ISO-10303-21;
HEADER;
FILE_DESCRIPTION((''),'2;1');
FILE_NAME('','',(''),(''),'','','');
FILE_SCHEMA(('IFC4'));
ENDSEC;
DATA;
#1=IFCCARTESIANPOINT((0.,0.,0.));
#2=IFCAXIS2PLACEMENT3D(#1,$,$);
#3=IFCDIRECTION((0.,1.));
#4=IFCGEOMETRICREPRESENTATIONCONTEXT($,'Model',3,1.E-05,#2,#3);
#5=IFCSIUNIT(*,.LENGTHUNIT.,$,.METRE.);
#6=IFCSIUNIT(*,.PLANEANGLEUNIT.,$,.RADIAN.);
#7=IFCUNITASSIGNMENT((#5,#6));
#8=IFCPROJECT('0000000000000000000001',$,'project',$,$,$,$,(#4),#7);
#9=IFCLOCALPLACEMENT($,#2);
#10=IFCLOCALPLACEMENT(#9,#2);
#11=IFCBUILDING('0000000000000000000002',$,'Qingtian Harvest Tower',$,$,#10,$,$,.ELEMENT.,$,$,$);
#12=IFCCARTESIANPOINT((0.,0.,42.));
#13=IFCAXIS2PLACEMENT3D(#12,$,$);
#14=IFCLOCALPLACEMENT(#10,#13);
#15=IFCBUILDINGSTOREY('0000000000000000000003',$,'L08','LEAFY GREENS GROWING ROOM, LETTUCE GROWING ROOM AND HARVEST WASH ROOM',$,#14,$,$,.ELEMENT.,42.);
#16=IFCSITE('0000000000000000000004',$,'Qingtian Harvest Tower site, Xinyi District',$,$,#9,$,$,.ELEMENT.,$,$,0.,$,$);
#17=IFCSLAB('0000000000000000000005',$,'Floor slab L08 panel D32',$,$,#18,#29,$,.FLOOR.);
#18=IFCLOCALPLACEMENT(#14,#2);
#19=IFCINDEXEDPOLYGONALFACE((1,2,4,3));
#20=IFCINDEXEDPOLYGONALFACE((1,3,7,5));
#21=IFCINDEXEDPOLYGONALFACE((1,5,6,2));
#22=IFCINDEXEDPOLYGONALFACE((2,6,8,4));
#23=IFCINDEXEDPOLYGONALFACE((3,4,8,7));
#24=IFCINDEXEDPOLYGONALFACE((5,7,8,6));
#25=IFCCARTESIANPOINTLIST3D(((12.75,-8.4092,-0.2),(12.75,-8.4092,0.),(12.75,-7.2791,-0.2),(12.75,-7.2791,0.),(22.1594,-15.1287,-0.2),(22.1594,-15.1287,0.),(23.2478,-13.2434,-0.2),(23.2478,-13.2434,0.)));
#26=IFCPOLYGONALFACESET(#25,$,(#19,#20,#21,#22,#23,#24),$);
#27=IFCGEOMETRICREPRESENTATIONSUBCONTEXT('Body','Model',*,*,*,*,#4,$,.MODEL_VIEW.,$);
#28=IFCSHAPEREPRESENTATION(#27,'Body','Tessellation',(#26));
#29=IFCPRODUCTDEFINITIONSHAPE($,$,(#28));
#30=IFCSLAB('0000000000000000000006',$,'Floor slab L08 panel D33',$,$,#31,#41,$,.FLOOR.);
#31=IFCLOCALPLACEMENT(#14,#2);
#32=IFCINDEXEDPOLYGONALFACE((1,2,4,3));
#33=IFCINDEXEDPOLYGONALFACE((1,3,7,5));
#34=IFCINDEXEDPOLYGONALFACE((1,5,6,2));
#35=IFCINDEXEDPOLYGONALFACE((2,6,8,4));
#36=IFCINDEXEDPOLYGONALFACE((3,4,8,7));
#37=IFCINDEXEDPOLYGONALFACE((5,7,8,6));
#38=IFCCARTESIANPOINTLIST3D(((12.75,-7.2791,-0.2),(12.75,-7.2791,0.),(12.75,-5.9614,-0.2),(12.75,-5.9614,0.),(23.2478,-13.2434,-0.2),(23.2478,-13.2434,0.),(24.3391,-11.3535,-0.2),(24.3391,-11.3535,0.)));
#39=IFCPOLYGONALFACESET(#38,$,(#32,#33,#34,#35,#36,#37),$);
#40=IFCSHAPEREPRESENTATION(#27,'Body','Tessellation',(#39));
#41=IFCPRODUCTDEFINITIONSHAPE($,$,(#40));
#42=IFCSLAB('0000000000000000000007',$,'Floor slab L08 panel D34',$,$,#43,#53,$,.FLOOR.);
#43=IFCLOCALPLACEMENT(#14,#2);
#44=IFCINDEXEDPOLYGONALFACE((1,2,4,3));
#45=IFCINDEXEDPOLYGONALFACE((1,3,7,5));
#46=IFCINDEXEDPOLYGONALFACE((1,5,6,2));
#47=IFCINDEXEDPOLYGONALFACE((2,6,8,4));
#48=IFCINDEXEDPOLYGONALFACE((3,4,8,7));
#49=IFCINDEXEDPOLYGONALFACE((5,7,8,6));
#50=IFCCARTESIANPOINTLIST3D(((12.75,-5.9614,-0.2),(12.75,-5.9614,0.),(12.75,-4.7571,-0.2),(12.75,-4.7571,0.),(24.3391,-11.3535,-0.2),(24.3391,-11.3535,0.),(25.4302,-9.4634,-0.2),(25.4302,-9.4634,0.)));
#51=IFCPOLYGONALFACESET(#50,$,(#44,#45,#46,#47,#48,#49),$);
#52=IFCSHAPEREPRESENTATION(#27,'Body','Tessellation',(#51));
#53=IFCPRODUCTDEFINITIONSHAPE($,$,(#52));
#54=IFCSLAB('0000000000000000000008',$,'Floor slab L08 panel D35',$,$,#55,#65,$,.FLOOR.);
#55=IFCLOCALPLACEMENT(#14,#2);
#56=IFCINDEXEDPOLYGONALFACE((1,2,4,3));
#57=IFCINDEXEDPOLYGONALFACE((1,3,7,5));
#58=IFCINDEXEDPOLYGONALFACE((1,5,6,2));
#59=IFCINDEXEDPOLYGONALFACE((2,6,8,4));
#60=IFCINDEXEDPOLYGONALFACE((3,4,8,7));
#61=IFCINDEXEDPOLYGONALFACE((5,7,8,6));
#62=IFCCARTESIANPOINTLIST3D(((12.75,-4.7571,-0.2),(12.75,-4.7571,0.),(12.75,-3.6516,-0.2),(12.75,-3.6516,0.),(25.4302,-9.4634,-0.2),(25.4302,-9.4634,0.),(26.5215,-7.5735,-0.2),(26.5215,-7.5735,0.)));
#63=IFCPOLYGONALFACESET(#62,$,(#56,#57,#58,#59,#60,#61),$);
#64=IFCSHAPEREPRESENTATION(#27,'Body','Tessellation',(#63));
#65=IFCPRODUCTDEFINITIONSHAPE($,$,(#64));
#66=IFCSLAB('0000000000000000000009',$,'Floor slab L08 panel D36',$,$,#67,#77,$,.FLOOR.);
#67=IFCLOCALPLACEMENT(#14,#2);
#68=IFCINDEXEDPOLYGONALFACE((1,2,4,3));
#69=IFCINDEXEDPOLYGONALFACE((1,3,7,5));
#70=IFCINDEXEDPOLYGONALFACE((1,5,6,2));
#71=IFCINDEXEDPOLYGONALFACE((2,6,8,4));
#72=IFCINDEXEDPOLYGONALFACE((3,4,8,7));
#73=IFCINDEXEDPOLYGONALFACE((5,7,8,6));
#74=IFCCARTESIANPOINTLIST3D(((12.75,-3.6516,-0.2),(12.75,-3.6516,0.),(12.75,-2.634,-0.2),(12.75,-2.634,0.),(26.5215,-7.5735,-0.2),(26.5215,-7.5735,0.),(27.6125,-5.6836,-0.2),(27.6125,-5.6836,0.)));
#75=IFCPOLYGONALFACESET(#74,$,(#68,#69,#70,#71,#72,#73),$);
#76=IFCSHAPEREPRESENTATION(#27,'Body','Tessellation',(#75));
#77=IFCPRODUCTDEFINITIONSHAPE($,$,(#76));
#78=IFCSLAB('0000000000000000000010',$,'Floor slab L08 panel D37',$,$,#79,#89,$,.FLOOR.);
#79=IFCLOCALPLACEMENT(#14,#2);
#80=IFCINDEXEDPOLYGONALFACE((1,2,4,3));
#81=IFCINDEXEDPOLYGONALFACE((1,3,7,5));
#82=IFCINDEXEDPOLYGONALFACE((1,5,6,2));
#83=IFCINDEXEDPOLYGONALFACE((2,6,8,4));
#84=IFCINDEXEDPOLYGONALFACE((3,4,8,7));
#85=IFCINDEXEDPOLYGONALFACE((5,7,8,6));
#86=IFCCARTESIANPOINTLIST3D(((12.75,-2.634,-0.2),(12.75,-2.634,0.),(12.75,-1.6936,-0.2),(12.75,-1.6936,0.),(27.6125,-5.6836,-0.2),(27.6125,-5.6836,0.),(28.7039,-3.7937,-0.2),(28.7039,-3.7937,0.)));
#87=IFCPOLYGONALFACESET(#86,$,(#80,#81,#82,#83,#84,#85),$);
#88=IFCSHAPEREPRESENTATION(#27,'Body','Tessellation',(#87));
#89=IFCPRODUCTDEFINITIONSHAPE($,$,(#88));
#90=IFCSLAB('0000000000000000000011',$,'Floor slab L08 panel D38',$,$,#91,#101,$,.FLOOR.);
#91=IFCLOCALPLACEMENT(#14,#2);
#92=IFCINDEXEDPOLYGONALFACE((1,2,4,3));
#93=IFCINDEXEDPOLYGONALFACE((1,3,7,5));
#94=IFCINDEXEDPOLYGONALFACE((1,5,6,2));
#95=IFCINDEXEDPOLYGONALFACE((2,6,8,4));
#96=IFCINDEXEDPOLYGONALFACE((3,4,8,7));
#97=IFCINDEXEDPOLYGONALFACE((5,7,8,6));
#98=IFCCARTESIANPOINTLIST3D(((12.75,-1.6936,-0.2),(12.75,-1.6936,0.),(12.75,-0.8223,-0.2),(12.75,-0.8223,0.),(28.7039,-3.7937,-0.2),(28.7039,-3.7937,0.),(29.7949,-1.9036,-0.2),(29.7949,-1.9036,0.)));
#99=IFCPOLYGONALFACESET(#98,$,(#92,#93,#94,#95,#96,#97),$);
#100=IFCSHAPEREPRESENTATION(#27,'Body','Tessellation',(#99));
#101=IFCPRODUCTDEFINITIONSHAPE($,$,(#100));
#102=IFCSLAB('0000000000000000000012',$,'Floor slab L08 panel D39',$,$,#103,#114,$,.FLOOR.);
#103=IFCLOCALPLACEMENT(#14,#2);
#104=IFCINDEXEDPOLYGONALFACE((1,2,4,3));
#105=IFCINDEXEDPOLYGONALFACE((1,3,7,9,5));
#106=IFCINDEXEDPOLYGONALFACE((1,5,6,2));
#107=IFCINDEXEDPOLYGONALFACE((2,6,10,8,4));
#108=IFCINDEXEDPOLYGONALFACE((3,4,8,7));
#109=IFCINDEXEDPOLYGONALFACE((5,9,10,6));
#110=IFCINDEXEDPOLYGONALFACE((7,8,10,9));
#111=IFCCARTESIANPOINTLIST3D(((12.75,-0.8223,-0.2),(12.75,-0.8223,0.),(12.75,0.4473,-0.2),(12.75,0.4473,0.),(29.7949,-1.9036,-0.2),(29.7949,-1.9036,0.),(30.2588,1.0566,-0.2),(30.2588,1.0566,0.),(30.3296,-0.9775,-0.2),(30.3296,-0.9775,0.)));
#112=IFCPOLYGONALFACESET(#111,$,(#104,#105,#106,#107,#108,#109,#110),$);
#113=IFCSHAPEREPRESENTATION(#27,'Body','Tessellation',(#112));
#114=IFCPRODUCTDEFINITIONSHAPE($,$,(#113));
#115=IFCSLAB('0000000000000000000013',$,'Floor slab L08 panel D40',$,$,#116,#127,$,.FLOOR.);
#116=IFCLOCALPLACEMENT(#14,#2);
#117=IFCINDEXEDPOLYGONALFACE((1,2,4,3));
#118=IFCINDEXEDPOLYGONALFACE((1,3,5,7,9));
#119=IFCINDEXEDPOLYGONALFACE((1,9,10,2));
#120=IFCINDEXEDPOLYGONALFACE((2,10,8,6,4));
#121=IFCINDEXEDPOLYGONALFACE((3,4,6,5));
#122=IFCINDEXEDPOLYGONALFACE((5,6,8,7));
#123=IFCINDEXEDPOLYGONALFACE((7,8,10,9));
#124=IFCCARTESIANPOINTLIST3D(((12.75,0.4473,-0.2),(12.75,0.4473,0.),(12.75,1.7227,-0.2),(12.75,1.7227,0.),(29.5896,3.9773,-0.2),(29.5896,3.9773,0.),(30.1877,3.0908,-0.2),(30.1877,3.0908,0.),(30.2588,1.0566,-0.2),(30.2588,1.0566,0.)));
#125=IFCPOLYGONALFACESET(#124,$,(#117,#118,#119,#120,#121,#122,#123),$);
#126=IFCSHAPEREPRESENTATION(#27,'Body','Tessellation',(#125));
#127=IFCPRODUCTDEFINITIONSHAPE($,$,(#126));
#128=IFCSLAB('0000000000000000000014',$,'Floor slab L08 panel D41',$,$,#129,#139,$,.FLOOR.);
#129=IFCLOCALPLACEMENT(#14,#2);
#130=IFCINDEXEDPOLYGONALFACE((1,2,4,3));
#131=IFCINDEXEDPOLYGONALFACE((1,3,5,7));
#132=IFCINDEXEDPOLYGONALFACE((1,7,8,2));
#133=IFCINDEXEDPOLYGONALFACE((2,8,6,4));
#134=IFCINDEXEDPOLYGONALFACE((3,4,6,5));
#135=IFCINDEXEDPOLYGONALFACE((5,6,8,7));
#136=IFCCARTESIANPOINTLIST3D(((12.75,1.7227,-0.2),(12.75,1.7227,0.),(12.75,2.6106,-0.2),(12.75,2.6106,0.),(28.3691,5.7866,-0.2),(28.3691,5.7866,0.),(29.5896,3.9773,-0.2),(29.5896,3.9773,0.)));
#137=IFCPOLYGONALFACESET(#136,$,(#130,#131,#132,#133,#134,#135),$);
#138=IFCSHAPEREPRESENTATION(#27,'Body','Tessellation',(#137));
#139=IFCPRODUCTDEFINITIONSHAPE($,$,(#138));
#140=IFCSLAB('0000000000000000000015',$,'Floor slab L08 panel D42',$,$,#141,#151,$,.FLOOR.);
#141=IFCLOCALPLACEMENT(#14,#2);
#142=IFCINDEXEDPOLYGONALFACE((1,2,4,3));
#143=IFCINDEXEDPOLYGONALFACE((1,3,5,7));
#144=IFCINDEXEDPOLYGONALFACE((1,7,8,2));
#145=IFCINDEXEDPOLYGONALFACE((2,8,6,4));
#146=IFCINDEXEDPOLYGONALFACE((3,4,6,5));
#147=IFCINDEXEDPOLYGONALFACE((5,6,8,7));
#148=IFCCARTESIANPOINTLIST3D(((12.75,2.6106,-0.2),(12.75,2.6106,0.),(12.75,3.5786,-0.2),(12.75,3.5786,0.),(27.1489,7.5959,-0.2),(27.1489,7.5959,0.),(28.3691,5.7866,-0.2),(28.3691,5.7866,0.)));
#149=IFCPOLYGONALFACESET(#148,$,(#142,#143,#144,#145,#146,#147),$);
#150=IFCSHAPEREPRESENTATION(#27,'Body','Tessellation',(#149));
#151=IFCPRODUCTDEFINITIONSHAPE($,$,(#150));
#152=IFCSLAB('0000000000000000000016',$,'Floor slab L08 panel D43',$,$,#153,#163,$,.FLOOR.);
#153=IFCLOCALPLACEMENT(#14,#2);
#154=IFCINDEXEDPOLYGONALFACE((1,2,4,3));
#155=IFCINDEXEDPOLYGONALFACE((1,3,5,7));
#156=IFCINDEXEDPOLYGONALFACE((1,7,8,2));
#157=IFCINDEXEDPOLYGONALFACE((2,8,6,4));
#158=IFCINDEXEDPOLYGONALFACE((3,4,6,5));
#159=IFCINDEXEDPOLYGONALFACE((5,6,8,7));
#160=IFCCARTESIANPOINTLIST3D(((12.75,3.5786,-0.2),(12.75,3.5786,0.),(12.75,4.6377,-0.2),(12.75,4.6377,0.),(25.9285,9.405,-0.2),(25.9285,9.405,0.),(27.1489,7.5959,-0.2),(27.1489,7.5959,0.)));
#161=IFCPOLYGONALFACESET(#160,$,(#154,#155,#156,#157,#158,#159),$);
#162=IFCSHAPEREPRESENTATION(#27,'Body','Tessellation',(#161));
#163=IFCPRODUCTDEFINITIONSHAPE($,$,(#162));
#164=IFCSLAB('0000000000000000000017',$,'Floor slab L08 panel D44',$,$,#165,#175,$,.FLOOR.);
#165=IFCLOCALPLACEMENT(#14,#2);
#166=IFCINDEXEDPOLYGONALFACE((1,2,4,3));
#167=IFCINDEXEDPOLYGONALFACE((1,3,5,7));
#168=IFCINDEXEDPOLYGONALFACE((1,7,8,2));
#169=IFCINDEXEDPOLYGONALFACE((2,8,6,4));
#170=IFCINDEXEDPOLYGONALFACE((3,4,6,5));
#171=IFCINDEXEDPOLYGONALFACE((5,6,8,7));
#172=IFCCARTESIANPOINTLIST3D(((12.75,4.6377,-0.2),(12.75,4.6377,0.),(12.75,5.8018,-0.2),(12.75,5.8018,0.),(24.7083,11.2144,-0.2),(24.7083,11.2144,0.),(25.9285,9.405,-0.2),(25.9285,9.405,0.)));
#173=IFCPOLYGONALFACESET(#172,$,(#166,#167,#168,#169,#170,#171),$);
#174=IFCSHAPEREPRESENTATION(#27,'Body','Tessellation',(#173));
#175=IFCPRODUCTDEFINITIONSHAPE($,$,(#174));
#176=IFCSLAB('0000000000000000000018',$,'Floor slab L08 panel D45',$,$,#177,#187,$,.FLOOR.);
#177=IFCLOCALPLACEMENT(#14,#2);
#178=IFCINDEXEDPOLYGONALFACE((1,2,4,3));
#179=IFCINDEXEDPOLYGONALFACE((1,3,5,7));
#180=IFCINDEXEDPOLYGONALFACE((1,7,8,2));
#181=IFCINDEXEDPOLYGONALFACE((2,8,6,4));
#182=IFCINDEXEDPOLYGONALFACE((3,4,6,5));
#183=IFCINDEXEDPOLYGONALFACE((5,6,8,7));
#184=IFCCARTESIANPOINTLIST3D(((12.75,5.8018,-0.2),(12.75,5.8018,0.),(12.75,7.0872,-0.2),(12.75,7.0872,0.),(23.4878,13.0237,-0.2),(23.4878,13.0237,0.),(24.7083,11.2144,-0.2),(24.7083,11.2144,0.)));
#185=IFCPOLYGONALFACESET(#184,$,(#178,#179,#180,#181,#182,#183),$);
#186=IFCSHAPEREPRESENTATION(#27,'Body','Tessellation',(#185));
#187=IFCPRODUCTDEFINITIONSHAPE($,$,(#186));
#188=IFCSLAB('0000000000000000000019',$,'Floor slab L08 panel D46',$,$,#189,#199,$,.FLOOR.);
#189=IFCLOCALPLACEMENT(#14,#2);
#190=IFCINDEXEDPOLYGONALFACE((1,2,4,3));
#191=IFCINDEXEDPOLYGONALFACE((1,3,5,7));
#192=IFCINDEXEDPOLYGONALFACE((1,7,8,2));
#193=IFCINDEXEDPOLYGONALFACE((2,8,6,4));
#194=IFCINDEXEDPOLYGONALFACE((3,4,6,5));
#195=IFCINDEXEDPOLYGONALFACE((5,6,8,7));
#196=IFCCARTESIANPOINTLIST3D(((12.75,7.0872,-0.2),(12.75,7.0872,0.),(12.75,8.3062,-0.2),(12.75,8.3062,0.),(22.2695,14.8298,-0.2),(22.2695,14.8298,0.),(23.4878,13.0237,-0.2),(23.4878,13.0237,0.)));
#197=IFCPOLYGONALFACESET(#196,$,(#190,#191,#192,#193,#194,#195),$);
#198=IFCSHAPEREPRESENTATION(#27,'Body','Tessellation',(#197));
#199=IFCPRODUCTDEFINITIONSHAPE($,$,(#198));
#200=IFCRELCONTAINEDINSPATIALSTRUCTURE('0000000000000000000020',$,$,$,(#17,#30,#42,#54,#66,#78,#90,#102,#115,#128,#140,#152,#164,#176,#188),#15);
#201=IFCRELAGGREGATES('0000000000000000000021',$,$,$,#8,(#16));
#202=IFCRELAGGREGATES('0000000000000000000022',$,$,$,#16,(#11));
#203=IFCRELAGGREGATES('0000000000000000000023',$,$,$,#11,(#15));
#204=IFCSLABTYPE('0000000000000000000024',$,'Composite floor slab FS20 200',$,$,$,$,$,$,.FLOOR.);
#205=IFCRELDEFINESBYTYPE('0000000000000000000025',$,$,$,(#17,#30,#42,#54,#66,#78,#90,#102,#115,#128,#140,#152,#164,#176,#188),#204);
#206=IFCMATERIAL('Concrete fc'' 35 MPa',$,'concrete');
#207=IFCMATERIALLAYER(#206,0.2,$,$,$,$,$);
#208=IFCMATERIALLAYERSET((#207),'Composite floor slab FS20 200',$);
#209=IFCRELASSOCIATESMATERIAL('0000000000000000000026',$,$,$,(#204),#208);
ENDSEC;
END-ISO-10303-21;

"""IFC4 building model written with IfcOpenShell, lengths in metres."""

from ifc_helpers import new_model, si_unit, direction, frame, origin, place, context, subcontext, project, spatial, polyline, outline, extrude, material, layer, layer_set, type_object, element, save


model = new_model("IFC4")

# Units and contexts
model_context = context("Model", 3, precision=1e-05, world=origin(), true_north=direction((0.0, 1.0)))
body_context = subcontext(model_context, "Body", "Model", "MODEL_VIEW")
ifc_project = project(units=[si_unit("LENGTHUNIT", "METRE"), si_unit("PLANEANGLEUNIT", "RADIAN")], contexts=[model_context])

# Site, building, storey
site_placement = place(None, origin())
site = spatial("IfcSite", under=ifc_project, at=site_placement, Name="Qingtian Harvest Tower site, Xinyi District", CompositionType="ELEMENT", RefElevation=0.0)
building_placement = place(site_placement, origin())
building = spatial("IfcBuilding", under=site, at=building_placement, Name="Qingtian Harvest Tower", CompositionType="ELEMENT")
storey_placement = place(building_placement, frame((0.0, 0.0, 42.0)))
storey = spatial("IfcBuildingStorey", under=building, at=storey_placement, Name="L08", Description="LEAFY GREENS GROWING ROOM, LETTUCE GROWING ROOM AND HARVEST WASH ROOM", CompositionType="ELEMENT", Elevation=42.0)

# Slabs
ifc_material_1 = material(Name="Concrete fc' 35 MPa", Category="concrete")
ifc_layer_1 = layer(ifc_material_1, 0.2)
ifc_layer_set_1 = layer_set([ifc_layer_1], Name="Composite floor slab FS20 200")
slab_type = type_object("IfcSlabType", Name="Composite floor slab FS20 200", PredefinedType="FLOOR", material=ifc_layer_set_1)
slab_1_placement = place(storey_placement, frame((0.0, 0.0, -0.2)))
element("IfcSlab", 1, at=slab_1_placement, inside=storey, type_object=slab_type, Name="Floor slab L08 panel D32", PredefinedType="FLOOR", context=body_context, shape_type="SweptSolid", body=[
    extrude(outline(polyline([(12.75, -7.2791), (23.2478, -13.2434), (22.1594, -15.1287), (12.75, -8.4092), (12.75, -7.2791)])), origin(), (0.0, 0.0, 1.0), 0.2),
])
slab_2_placement = place(storey_placement, frame((0.0, 0.0, -0.2)))
element("IfcSlab", 2, at=slab_2_placement, inside=storey, type_object=slab_type, Name="Floor slab L08 panel D33", PredefinedType="FLOOR", context=body_context, shape_type="SweptSolid", body=[
    extrude(outline(polyline([(12.75, -5.9614), (24.3391, -11.3535), (23.2478, -13.2434), (12.75, -7.2791), (12.75, -5.9614)])), origin(), (0.0, 0.0, 1.0), 0.2),
])
slab_3_placement = place(storey_placement, frame((0.0, 0.0, -0.2)))
element("IfcSlab", 3, at=slab_3_placement, inside=storey, type_object=slab_type, Name="Floor slab L08 panel D34", PredefinedType="FLOOR", context=body_context, shape_type="SweptSolid", body=[
    extrude(outline(polyline([(12.75, -4.7571), (25.4302, -9.4634), (24.3391, -11.3535), (12.75, -5.9614), (12.75, -4.7571)])), origin(), (0.0, 0.0, 1.0), 0.2),
])
slab_4_placement = place(storey_placement, frame((0.0, 0.0, -0.2)))
element("IfcSlab", 4, at=slab_4_placement, inside=storey, type_object=slab_type, Name="Floor slab L08 panel D35", PredefinedType="FLOOR", context=body_context, shape_type="SweptSolid", body=[
    extrude(outline(polyline([(12.75, -3.6516), (26.5215, -7.5735), (25.4302, -9.4634), (12.75, -4.7571), (12.75, -3.6516)])), origin(), (0.0, 0.0, 1.0), 0.2),
])
slab_5_placement = place(storey_placement, frame((0.0, 0.0, -0.2)))
element("IfcSlab", 5, at=slab_5_placement, inside=storey, type_object=slab_type, Name="Floor slab L08 panel D36", PredefinedType="FLOOR", context=body_context, shape_type="SweptSolid", body=[
    extrude(outline(polyline([(12.75, -2.634), (27.6125, -5.6836), (26.5215, -7.5735), (12.75, -3.6516), (12.75, -2.634)])), origin(), (0.0, 0.0, 1.0), 0.2),
])
slab_6_placement = place(storey_placement, frame((0.0, 0.0, -0.2)))
element("IfcSlab", 6, at=slab_6_placement, inside=storey, type_object=slab_type, Name="Floor slab L08 panel D37", PredefinedType="FLOOR", context=body_context, shape_type="SweptSolid", body=[
    extrude(outline(polyline([(12.75, -1.6936), (28.7039, -3.7937), (27.6125, -5.6836), (12.75, -2.634), (12.75, -1.6936)])), origin(), (0.0, 0.0, 1.0), 0.2),
])
slab_7_placement = place(storey_placement, frame((0.0, 0.0, -0.2)))
element("IfcSlab", 7, at=slab_7_placement, inside=storey, type_object=slab_type, Name="Floor slab L08 panel D38", PredefinedType="FLOOR", context=body_context, shape_type="SweptSolid", body=[
    extrude(outline(polyline([(12.75, -0.8223), (29.7949, -1.9036), (28.7039, -3.7937), (12.75, -1.6936), (12.75, -0.8223)])), origin(), (0.0, 0.0, 1.0), 0.2),
])
slab_8_placement = place(storey_placement, frame((0.0, 0.0, -0.2)))
element("IfcSlab", 8, at=slab_8_placement, inside=storey, type_object=slab_type, Name="Floor slab L08 panel D39", PredefinedType="FLOOR", context=body_context, shape_type="SweptSolid", body=[
    extrude(outline(polyline([(12.75, -0.8223), (12.75, 0.4473), (30.2588, 1.0566), (30.3296, -0.9775), (29.7949, -1.9036), (12.75, -0.8223)])), origin(), (0.0, 0.0, 1.0), 0.2),
])
slab_9_placement = place(storey_placement, frame((0.0, 0.0, -0.2)))
element("IfcSlab", 9, at=slab_9_placement, inside=storey, type_object=slab_type, Name="Floor slab L08 panel D40", PredefinedType="FLOOR", context=body_context, shape_type="SweptSolid", body=[
    extrude(outline(polyline([(12.75, 0.4473), (12.75, 1.7227), (29.5896, 3.9773), (30.1877, 3.0908), (30.2588, 1.0566), (12.75, 0.4473)])), origin(), (0.0, 0.0, 1.0), 0.2),
])
slab_10_placement = place(storey_placement, frame((0.0, 0.0, -0.2)))
element("IfcSlab", 10, at=slab_10_placement, inside=storey, type_object=slab_type, Name="Floor slab L08 panel D41", PredefinedType="FLOOR", context=body_context, shape_type="SweptSolid", body=[
    extrude(outline(polyline([(12.75, 2.6106), (28.3691, 5.7866), (29.5896, 3.9773), (12.75, 1.7227), (12.75, 2.6106)])), origin(), (0.0, 0.0, 1.0), 0.2),
])
slab_11_placement = place(storey_placement, frame((0.0, 0.0, -0.2)))
element("IfcSlab", 11, at=slab_11_placement, inside=storey, type_object=slab_type, Name="Floor slab L08 panel D42", PredefinedType="FLOOR", context=body_context, shape_type="SweptSolid", body=[
    extrude(outline(polyline([(12.75, 3.5786), (27.1489, 7.5959), (28.3691, 5.7866), (12.75, 2.6106), (12.75, 3.5786)])), origin(), (0.0, 0.0, 1.0), 0.2),
])
slab_12_placement = place(storey_placement, frame((0.0, 0.0, -0.2)))
element("IfcSlab", 12, at=slab_12_placement, inside=storey, type_object=slab_type, Name="Floor slab L08 panel D43", PredefinedType="FLOOR", context=body_context, shape_type="SweptSolid", body=[
    extrude(outline(polyline([(12.75, 4.6377), (25.9285, 9.405), (27.1489, 7.5959), (12.75, 3.5786), (12.75, 4.6377)])), origin(), (0.0, 0.0, 1.0), 0.2),
])
slab_13_placement = place(storey_placement, frame((0.0, 0.0, -0.2)))
element("IfcSlab", 13, at=slab_13_placement, inside=storey, type_object=slab_type, Name="Floor slab L08 panel D44", PredefinedType="FLOOR", context=body_context, shape_type="SweptSolid", body=[
    extrude(outline(polyline([(12.75, 5.8018), (24.7083, 11.2144), (25.9285, 9.405), (12.75, 4.6377), (12.75, 5.8018)])), origin(), (0.0, 0.0, 1.0), 0.2),
])
slab_14_placement = place(storey_placement, frame((0.0, 0.0, -0.2)))
element("IfcSlab", 14, at=slab_14_placement, inside=storey, type_object=slab_type, Name="Floor slab L08 panel D45", PredefinedType="FLOOR", context=body_context, shape_type="SweptSolid", body=[
    extrude(outline(polyline([(12.75, 7.0872), (23.4878, 13.0237), (24.7083, 11.2144), (12.75, 5.8018), (12.75, 7.0872)])), origin(), (0.0, 0.0, 1.0), 0.2),
])
slab_15_placement = place(storey_placement, frame((0.0, 0.0, -0.2)))
element("IfcSlab", 15, at=slab_15_placement, inside=storey, type_object=slab_type, Name="Floor slab L08 panel D46", PredefinedType="FLOOR", context=body_context, shape_type="SweptSolid", body=[
    extrude(outline(polyline([(12.75, 8.3062), (22.2695, 14.8298), (23.4878, 13.0237), (12.75, 7.0872), (12.75, 8.3062)])), origin(), (0.0, 0.0, 1.0), 0.2),
])

save(model, "model.ifc")
